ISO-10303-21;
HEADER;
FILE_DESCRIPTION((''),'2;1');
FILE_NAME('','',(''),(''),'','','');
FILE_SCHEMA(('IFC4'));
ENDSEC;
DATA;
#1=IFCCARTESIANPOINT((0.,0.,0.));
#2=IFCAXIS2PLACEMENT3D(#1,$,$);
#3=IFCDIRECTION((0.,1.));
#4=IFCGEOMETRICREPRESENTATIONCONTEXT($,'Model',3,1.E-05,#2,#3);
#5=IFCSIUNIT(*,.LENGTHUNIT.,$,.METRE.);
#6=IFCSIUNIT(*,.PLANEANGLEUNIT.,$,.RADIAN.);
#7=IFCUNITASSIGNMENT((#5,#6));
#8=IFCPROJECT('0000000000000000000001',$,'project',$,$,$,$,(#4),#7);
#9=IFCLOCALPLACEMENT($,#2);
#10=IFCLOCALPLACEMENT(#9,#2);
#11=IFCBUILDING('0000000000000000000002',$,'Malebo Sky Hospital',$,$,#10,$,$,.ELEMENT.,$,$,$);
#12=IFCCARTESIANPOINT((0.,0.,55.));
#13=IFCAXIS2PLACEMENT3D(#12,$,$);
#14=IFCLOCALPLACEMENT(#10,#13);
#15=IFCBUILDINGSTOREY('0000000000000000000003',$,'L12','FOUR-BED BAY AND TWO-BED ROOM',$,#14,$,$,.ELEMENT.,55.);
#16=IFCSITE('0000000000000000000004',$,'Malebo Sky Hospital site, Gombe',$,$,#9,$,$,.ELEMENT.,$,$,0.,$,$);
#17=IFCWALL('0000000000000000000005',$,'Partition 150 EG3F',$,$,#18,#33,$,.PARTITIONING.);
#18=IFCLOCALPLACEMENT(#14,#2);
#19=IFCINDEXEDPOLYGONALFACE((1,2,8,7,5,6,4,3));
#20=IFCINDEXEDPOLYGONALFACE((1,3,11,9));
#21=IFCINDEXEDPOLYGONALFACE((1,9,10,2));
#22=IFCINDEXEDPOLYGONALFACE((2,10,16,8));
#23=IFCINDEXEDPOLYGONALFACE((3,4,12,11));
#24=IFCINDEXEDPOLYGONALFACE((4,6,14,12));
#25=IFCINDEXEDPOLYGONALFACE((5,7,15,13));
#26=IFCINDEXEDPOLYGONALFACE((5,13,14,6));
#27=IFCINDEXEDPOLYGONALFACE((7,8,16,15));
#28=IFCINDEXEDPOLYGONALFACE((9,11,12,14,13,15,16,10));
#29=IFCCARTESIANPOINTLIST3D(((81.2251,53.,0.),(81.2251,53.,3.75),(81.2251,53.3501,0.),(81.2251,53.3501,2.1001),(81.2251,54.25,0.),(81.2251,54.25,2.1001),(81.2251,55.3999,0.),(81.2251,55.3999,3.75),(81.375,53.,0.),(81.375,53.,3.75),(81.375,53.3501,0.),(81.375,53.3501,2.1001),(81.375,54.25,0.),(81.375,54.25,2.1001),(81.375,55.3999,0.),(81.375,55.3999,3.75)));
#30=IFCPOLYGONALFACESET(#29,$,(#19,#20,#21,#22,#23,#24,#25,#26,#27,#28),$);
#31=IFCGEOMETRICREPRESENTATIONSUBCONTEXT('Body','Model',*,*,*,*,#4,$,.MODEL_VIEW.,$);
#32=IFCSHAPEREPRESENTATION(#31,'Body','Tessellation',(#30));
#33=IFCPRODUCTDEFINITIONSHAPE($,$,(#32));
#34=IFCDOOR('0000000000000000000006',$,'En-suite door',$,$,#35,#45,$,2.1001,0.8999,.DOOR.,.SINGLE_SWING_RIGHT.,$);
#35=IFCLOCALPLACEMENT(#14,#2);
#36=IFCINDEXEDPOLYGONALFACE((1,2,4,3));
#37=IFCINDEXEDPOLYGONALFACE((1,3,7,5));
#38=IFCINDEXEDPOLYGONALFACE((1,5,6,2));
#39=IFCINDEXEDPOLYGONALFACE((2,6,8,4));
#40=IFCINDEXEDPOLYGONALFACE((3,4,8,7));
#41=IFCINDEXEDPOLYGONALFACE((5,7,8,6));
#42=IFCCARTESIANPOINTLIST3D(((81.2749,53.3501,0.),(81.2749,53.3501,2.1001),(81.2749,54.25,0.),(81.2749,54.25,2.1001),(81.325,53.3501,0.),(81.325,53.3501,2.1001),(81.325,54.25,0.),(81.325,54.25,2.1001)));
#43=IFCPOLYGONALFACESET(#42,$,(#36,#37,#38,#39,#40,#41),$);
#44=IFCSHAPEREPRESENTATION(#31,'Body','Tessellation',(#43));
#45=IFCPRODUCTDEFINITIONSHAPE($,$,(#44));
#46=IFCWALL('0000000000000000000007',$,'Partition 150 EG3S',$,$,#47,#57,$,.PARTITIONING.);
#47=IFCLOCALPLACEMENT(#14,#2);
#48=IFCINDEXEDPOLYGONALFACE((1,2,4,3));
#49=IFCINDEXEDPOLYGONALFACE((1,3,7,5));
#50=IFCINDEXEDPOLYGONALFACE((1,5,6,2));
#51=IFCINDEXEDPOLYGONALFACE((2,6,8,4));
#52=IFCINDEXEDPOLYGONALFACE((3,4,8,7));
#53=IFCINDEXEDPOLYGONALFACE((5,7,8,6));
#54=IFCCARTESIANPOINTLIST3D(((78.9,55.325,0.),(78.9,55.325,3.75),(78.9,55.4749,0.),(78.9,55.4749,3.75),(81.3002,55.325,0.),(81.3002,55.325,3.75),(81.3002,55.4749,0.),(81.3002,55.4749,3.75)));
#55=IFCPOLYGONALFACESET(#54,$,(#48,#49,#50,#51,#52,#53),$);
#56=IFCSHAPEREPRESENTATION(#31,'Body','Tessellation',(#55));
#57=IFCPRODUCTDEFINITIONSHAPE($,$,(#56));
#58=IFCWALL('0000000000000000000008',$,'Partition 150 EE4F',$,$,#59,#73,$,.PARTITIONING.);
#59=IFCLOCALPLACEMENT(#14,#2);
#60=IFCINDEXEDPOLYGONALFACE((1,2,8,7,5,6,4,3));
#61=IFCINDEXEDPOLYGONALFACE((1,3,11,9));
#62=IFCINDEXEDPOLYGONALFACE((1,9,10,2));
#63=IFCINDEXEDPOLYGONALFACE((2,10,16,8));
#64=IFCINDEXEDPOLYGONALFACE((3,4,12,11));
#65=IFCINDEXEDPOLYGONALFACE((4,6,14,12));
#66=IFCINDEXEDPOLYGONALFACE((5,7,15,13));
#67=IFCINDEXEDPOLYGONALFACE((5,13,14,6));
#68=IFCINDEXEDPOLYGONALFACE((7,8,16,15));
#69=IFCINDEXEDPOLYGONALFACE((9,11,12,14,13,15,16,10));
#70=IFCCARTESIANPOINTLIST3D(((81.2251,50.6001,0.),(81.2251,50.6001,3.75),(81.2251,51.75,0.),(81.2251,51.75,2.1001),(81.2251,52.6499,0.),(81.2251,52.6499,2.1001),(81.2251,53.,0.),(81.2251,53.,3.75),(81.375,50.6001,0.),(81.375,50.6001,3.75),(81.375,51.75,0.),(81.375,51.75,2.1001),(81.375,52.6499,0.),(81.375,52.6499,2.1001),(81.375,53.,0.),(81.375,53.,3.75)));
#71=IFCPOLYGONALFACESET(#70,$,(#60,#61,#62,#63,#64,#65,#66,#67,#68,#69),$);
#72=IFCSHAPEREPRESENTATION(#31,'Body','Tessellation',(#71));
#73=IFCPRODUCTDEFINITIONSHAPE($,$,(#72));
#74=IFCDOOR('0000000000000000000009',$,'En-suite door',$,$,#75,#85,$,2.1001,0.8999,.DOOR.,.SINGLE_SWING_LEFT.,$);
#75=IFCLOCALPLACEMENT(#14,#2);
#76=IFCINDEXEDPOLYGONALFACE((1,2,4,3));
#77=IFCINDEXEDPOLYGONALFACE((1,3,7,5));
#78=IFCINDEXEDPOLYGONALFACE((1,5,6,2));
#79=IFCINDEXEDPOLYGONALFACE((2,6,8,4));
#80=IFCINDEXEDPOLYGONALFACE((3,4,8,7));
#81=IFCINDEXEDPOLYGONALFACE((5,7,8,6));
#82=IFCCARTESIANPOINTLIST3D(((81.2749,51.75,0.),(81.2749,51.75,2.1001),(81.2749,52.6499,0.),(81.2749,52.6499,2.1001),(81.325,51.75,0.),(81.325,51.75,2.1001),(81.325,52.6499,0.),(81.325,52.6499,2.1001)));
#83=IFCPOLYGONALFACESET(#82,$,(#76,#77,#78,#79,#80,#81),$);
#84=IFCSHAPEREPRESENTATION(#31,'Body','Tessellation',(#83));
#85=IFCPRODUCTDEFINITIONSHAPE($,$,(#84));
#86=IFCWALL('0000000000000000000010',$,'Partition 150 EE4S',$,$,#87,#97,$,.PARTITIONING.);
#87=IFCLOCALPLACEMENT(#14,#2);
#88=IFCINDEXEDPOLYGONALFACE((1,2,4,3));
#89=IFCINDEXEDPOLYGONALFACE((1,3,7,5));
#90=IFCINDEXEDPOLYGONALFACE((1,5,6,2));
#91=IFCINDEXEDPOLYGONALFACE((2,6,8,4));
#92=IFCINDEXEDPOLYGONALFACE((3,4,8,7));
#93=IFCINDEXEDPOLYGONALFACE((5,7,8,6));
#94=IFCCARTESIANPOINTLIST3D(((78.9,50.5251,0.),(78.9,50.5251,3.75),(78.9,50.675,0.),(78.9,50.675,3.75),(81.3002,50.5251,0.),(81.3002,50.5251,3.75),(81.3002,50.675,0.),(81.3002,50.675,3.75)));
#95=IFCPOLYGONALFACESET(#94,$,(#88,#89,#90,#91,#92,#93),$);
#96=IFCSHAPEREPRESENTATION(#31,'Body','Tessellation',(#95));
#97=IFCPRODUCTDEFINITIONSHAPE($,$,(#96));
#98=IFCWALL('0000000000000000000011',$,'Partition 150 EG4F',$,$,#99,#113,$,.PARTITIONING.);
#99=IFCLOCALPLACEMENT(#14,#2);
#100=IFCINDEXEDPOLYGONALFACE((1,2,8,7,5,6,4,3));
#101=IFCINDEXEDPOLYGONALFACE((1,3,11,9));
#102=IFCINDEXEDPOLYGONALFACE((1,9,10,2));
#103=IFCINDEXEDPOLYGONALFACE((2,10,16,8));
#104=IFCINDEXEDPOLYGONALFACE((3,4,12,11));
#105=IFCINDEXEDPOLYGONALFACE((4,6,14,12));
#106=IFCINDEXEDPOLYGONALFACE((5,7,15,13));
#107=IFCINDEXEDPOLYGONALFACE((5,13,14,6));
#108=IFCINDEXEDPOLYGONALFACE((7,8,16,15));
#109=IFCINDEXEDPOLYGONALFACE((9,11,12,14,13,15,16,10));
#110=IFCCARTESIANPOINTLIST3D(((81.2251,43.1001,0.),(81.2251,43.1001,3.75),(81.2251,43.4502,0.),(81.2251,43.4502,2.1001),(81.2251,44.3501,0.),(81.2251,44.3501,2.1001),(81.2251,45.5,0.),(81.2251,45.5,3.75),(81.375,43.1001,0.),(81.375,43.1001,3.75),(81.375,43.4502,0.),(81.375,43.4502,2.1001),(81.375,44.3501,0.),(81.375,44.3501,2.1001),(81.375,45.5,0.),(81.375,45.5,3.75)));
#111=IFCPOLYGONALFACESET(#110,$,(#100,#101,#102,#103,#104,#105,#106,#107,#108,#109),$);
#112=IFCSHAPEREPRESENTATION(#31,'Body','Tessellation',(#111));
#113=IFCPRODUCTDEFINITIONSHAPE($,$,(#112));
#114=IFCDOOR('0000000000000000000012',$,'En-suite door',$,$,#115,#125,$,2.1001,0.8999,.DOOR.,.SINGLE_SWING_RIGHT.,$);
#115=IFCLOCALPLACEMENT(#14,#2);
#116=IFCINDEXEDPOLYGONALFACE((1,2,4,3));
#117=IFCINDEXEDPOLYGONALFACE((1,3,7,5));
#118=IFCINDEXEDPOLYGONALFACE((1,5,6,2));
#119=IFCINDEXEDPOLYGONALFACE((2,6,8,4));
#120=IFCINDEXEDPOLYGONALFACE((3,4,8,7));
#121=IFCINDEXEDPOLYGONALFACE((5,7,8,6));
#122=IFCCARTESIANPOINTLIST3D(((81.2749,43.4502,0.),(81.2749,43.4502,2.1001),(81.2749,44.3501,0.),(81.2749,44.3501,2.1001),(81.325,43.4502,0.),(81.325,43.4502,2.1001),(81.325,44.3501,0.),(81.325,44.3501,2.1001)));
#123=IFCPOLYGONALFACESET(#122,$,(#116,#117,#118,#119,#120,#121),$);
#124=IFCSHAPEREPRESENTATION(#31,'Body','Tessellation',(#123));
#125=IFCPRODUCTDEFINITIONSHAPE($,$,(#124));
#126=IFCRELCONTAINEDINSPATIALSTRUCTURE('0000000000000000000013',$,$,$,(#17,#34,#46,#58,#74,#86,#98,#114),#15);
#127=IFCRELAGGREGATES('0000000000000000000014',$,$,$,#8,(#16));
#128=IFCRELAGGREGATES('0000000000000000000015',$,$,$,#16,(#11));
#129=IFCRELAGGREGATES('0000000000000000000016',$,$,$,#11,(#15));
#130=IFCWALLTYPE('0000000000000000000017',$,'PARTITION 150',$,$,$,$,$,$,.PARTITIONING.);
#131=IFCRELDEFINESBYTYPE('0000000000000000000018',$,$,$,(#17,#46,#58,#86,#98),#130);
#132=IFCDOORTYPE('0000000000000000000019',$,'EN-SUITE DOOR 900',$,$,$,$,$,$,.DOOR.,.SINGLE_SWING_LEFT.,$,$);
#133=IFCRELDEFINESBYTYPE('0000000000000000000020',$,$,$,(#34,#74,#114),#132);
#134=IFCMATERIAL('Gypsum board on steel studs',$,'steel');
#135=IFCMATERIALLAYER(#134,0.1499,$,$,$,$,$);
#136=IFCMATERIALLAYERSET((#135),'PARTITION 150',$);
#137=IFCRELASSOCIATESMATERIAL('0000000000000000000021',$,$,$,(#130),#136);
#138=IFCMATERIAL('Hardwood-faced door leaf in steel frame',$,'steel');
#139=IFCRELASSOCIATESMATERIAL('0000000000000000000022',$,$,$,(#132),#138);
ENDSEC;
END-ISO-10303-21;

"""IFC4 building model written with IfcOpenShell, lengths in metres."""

from ifc_helpers import new_model, si_unit, direction, frame, frame_2d, origin, place, context, subcontext, project, spatial, rectangle, extrude, material, layer, layer_set, type_object, element, fill, save


model = new_model("IFC4")

# Units and contexts
model_context = context("Model", 3, precision=1e-05, world=origin(), true_north=direction((0.0, 1.0)))
body_context = subcontext(model_context, "Body", "Model", "MODEL_VIEW")
ifc_project = project(units=[si_unit("LENGTHUNIT", "METRE"), si_unit("PLANEANGLEUNIT", "RADIAN")], contexts=[model_context])

# Site, building, storey
site_placement = place(None, origin())
site = spatial("IfcSite", under=ifc_project, at=site_placement, Name="Malebo Sky Hospital site, Gombe", CompositionType="ELEMENT", RefElevation=0.0)
building_placement = place(site_placement, origin())
building = spatial("IfcBuilding", under=site, at=building_placement, Name="Malebo Sky Hospital", CompositionType="ELEMENT")
storey_placement = place(building_placement, frame((0.0, 0.0, 55.0)))
storey = spatial("IfcBuildingStorey", under=building, at=storey_placement, Name="L12", Description="FOUR-BED BAY AND TWO-BED ROOM", CompositionType="ELEMENT", Elevation=55.0)

# Shared definitions
ifc_material_1 = material(Name="Gypsum board on steel studs", Category="steel")
ifc_material_2 = material(Name="Hardwood-faced door leaf in steel frame", Category="steel")

# Shared definitions
ifc_layer_1 = layer(ifc_material_1, 0.1499)
ifc_layer_set_1 = layer_set([ifc_layer_1], Name="PARTITION 150")
wall_type_1 = type_object("IfcWallType", Name="PARTITION 150", PredefinedType="PARTITIONING", material=ifc_layer_set_1)

# Wall, opening, door
wall_1_placement = place(storey_placement, frame((81.3, 55.3999, 0.0), z_axis=(0.0, 0.0, 1.0), x_axis=(0.0, -1.0, 0.0)))
wall_1 = element("IfcWall", 1, at=wall_1_placement, inside=storey, type_object=wall_type_1, Name="Partition 150 EG3F", PredefinedType="PARTITIONING", context=body_context, shape_type="SweptSolid", body=[
    extrude(rectangle(XDim=2.3999, YDim=0.1499, at=frame_2d((1.2, 0.0))), origin(), (0.0, 0.0, 1.0), 3.75),
])
opening_1_placement = place(wall_1_placement, frame((1.1499, 0.0, 0.0)))
opening_1 = element("IfcOpeningElement", 2, at=opening_1_placement, cuts=wall_1, PredefinedType="OPENING", context=body_context, shape_type="SweptSolid", body=[
    extrude(rectangle(XDim=0.8999, YDim=2.1001, at=frame_2d((0.45, 1.05))), frame((0.0, 0.085, 0.0), z_axis=(0.0, -1.0, 0.0), x_axis=(1.0, 0.0, 0.0)), (0.0, 0.0, 1.0), 0.1699),
])
door_type_1 = type_object("IfcDoorType", Name="EN-SUITE DOOR 900", OperationType="SINGLE_SWING_LEFT", PredefinedType="DOOR", material=ifc_material_2)
door_1_placement = place(opening_1_placement, origin())
door_1 = element("IfcDoor", 3, at=door_1_placement, inside=storey, type_object=door_type_1, Name="En-suite door", OperationType="SINGLE_SWING_RIGHT", OverallHeight=2.1001, OverallWidth=0.8999, PredefinedType="DOOR", context=body_context, shape_type="SweptSolid", body=[
    extrude(rectangle(XDim=0.8999, YDim=2.1001, at=frame_2d((0.45, 1.05))), frame((0.0, 0.0249, 0.0), z_axis=(0.0, -1.0, 0.0), x_axis=(1.0, 0.0, 0.0)), (0.0, 0.0, 1.0), 0.05),
])
fill(opening_1, door_1)

# Wall
wall_2_placement = place(storey_placement, frame((78.8999, 55.3999, 0.0), z_axis=(0.0, 0.0, 1.0), x_axis=(1.0, 0.0, 0.0)))
element("IfcWall", 4, at=wall_2_placement, inside=storey, type_object=wall_type_1, Name="Partition 150 EG3S", PredefinedType="PARTITIONING", context=body_context, shape_type="SweptSolid", body=[
    extrude(rectangle(XDim=2.4001, YDim=0.1499, at=frame_2d((1.2002, 0.0))), origin(), (0.0, 0.0, 1.0), 3.75),
])

# Wall, opening, door
wall_3_placement = place(storey_placement, frame((81.3, 53.0, 0.0), z_axis=(0.0, 0.0, 1.0), x_axis=(0.0, -1.0, 0.0)))
wall_3 = element("IfcWall", 5, at=wall_3_placement, inside=storey, type_object=wall_type_1, Name="Partition 150 EE4F", PredefinedType="PARTITIONING", context=body_context, shape_type="SweptSolid", body=[
    extrude(rectangle(XDim=2.3999, YDim=0.1499, at=frame_2d((1.2, 0.0))), origin(), (0.0, 0.0, 1.0), 3.75),
])
opening_2_placement = place(wall_3_placement, frame((0.3501, 0.0, 0.0)))
opening_2 = element("IfcOpeningElement", 6, at=opening_2_placement, cuts=wall_3, PredefinedType="OPENING", context=body_context, shape_type="SweptSolid", body=[
    extrude(rectangle(XDim=0.8999, YDim=2.1001, at=frame_2d((0.45, 1.05))), frame((0.0, 0.085, 0.0), z_axis=(0.0, -1.0, 0.0), x_axis=(1.0, 0.0, 0.0)), (0.0, 0.0, 1.0), 0.1699),
])
door_2_placement = place(opening_2_placement, origin())
door_2 = element("IfcDoor", 7, at=door_2_placement, inside=storey, type_object=door_type_1, Name="En-suite door", OperationType="SINGLE_SWING_LEFT", OverallHeight=2.1001, OverallWidth=0.8999, PredefinedType="DOOR", context=body_context, shape_type="SweptSolid", body=[
    extrude(rectangle(XDim=0.8999, YDim=2.1001, at=frame_2d((0.45, 1.05))), frame((0.0, 0.0249, 0.0), z_axis=(0.0, -1.0, 0.0), x_axis=(1.0, 0.0, 0.0)), (0.0, 0.0, 1.0), 0.05),
])
fill(opening_2, door_2)

# Wall
wall_4_placement = place(storey_placement, frame((78.8999, 50.6001, 0.0), z_axis=(0.0, 0.0, 1.0), x_axis=(1.0, 0.0, 0.0)))
element("IfcWall", 8, at=wall_4_placement, inside=storey, type_object=wall_type_1, Name="Partition 150 EE4S", PredefinedType="PARTITIONING", context=body_context, shape_type="SweptSolid", body=[
    extrude(rectangle(XDim=2.4001, YDim=0.1499, at=frame_2d((1.2002, 0.0))), origin(), (0.0, 0.0, 1.0), 3.75),
])

# Wall, opening, door
wall_5_placement = place(storey_placement, frame((81.3, 45.5, 0.0), z_axis=(0.0, 0.0, 1.0), x_axis=(0.0, -1.0, 0.0)))
wall_5 = element("IfcWall", 9, at=wall_5_placement, inside=storey, type_object=wall_type_1, Name="Partition 150 EG4F", PredefinedType="PARTITIONING", context=body_context, shape_type="SweptSolid", body=[
    extrude(rectangle(XDim=2.3999, YDim=0.1499, at=frame_2d((1.2, 0.0))), origin(), (0.0, 0.0, 1.0), 3.75),
])
opening_3_placement = place(wall_5_placement, frame((1.1499, 0.0, 0.0)))
opening_3 = element("IfcOpeningElement", 10, at=opening_3_placement, cuts=wall_5, PredefinedType="OPENING", context=body_context, shape_type="SweptSolid", body=[
    extrude(rectangle(XDim=0.8999, YDim=2.1001, at=frame_2d((0.45, 1.05))), frame((0.0, 0.085, 0.0), z_axis=(0.0, -1.0, 0.0), x_axis=(1.0, 0.0, 0.0)), (0.0, 0.0, 1.0), 0.1699),
])
door_3_placement = place(opening_3_placement, origin())
door_3 = element("IfcDoor", 11, at=door_3_placement, inside=storey, type_object=door_type_1, Name="En-suite door", OperationType="SINGLE_SWING_RIGHT", OverallHeight=2.1001, OverallWidth=0.8999, PredefinedType="DOOR", context=body_context, shape_type="SweptSolid", body=[
    extrude(rectangle(XDim=0.8999, YDim=2.1001, at=frame_2d((0.45, 1.05))), frame((0.0, 0.0249, 0.0), z_axis=(0.0, -1.0, 0.0), x_axis=(1.0, 0.0, 0.0)), (0.0, 0.0, 1.0), 0.05),
])
fill(opening_3, door_3)

save(model, "model.ifc")
